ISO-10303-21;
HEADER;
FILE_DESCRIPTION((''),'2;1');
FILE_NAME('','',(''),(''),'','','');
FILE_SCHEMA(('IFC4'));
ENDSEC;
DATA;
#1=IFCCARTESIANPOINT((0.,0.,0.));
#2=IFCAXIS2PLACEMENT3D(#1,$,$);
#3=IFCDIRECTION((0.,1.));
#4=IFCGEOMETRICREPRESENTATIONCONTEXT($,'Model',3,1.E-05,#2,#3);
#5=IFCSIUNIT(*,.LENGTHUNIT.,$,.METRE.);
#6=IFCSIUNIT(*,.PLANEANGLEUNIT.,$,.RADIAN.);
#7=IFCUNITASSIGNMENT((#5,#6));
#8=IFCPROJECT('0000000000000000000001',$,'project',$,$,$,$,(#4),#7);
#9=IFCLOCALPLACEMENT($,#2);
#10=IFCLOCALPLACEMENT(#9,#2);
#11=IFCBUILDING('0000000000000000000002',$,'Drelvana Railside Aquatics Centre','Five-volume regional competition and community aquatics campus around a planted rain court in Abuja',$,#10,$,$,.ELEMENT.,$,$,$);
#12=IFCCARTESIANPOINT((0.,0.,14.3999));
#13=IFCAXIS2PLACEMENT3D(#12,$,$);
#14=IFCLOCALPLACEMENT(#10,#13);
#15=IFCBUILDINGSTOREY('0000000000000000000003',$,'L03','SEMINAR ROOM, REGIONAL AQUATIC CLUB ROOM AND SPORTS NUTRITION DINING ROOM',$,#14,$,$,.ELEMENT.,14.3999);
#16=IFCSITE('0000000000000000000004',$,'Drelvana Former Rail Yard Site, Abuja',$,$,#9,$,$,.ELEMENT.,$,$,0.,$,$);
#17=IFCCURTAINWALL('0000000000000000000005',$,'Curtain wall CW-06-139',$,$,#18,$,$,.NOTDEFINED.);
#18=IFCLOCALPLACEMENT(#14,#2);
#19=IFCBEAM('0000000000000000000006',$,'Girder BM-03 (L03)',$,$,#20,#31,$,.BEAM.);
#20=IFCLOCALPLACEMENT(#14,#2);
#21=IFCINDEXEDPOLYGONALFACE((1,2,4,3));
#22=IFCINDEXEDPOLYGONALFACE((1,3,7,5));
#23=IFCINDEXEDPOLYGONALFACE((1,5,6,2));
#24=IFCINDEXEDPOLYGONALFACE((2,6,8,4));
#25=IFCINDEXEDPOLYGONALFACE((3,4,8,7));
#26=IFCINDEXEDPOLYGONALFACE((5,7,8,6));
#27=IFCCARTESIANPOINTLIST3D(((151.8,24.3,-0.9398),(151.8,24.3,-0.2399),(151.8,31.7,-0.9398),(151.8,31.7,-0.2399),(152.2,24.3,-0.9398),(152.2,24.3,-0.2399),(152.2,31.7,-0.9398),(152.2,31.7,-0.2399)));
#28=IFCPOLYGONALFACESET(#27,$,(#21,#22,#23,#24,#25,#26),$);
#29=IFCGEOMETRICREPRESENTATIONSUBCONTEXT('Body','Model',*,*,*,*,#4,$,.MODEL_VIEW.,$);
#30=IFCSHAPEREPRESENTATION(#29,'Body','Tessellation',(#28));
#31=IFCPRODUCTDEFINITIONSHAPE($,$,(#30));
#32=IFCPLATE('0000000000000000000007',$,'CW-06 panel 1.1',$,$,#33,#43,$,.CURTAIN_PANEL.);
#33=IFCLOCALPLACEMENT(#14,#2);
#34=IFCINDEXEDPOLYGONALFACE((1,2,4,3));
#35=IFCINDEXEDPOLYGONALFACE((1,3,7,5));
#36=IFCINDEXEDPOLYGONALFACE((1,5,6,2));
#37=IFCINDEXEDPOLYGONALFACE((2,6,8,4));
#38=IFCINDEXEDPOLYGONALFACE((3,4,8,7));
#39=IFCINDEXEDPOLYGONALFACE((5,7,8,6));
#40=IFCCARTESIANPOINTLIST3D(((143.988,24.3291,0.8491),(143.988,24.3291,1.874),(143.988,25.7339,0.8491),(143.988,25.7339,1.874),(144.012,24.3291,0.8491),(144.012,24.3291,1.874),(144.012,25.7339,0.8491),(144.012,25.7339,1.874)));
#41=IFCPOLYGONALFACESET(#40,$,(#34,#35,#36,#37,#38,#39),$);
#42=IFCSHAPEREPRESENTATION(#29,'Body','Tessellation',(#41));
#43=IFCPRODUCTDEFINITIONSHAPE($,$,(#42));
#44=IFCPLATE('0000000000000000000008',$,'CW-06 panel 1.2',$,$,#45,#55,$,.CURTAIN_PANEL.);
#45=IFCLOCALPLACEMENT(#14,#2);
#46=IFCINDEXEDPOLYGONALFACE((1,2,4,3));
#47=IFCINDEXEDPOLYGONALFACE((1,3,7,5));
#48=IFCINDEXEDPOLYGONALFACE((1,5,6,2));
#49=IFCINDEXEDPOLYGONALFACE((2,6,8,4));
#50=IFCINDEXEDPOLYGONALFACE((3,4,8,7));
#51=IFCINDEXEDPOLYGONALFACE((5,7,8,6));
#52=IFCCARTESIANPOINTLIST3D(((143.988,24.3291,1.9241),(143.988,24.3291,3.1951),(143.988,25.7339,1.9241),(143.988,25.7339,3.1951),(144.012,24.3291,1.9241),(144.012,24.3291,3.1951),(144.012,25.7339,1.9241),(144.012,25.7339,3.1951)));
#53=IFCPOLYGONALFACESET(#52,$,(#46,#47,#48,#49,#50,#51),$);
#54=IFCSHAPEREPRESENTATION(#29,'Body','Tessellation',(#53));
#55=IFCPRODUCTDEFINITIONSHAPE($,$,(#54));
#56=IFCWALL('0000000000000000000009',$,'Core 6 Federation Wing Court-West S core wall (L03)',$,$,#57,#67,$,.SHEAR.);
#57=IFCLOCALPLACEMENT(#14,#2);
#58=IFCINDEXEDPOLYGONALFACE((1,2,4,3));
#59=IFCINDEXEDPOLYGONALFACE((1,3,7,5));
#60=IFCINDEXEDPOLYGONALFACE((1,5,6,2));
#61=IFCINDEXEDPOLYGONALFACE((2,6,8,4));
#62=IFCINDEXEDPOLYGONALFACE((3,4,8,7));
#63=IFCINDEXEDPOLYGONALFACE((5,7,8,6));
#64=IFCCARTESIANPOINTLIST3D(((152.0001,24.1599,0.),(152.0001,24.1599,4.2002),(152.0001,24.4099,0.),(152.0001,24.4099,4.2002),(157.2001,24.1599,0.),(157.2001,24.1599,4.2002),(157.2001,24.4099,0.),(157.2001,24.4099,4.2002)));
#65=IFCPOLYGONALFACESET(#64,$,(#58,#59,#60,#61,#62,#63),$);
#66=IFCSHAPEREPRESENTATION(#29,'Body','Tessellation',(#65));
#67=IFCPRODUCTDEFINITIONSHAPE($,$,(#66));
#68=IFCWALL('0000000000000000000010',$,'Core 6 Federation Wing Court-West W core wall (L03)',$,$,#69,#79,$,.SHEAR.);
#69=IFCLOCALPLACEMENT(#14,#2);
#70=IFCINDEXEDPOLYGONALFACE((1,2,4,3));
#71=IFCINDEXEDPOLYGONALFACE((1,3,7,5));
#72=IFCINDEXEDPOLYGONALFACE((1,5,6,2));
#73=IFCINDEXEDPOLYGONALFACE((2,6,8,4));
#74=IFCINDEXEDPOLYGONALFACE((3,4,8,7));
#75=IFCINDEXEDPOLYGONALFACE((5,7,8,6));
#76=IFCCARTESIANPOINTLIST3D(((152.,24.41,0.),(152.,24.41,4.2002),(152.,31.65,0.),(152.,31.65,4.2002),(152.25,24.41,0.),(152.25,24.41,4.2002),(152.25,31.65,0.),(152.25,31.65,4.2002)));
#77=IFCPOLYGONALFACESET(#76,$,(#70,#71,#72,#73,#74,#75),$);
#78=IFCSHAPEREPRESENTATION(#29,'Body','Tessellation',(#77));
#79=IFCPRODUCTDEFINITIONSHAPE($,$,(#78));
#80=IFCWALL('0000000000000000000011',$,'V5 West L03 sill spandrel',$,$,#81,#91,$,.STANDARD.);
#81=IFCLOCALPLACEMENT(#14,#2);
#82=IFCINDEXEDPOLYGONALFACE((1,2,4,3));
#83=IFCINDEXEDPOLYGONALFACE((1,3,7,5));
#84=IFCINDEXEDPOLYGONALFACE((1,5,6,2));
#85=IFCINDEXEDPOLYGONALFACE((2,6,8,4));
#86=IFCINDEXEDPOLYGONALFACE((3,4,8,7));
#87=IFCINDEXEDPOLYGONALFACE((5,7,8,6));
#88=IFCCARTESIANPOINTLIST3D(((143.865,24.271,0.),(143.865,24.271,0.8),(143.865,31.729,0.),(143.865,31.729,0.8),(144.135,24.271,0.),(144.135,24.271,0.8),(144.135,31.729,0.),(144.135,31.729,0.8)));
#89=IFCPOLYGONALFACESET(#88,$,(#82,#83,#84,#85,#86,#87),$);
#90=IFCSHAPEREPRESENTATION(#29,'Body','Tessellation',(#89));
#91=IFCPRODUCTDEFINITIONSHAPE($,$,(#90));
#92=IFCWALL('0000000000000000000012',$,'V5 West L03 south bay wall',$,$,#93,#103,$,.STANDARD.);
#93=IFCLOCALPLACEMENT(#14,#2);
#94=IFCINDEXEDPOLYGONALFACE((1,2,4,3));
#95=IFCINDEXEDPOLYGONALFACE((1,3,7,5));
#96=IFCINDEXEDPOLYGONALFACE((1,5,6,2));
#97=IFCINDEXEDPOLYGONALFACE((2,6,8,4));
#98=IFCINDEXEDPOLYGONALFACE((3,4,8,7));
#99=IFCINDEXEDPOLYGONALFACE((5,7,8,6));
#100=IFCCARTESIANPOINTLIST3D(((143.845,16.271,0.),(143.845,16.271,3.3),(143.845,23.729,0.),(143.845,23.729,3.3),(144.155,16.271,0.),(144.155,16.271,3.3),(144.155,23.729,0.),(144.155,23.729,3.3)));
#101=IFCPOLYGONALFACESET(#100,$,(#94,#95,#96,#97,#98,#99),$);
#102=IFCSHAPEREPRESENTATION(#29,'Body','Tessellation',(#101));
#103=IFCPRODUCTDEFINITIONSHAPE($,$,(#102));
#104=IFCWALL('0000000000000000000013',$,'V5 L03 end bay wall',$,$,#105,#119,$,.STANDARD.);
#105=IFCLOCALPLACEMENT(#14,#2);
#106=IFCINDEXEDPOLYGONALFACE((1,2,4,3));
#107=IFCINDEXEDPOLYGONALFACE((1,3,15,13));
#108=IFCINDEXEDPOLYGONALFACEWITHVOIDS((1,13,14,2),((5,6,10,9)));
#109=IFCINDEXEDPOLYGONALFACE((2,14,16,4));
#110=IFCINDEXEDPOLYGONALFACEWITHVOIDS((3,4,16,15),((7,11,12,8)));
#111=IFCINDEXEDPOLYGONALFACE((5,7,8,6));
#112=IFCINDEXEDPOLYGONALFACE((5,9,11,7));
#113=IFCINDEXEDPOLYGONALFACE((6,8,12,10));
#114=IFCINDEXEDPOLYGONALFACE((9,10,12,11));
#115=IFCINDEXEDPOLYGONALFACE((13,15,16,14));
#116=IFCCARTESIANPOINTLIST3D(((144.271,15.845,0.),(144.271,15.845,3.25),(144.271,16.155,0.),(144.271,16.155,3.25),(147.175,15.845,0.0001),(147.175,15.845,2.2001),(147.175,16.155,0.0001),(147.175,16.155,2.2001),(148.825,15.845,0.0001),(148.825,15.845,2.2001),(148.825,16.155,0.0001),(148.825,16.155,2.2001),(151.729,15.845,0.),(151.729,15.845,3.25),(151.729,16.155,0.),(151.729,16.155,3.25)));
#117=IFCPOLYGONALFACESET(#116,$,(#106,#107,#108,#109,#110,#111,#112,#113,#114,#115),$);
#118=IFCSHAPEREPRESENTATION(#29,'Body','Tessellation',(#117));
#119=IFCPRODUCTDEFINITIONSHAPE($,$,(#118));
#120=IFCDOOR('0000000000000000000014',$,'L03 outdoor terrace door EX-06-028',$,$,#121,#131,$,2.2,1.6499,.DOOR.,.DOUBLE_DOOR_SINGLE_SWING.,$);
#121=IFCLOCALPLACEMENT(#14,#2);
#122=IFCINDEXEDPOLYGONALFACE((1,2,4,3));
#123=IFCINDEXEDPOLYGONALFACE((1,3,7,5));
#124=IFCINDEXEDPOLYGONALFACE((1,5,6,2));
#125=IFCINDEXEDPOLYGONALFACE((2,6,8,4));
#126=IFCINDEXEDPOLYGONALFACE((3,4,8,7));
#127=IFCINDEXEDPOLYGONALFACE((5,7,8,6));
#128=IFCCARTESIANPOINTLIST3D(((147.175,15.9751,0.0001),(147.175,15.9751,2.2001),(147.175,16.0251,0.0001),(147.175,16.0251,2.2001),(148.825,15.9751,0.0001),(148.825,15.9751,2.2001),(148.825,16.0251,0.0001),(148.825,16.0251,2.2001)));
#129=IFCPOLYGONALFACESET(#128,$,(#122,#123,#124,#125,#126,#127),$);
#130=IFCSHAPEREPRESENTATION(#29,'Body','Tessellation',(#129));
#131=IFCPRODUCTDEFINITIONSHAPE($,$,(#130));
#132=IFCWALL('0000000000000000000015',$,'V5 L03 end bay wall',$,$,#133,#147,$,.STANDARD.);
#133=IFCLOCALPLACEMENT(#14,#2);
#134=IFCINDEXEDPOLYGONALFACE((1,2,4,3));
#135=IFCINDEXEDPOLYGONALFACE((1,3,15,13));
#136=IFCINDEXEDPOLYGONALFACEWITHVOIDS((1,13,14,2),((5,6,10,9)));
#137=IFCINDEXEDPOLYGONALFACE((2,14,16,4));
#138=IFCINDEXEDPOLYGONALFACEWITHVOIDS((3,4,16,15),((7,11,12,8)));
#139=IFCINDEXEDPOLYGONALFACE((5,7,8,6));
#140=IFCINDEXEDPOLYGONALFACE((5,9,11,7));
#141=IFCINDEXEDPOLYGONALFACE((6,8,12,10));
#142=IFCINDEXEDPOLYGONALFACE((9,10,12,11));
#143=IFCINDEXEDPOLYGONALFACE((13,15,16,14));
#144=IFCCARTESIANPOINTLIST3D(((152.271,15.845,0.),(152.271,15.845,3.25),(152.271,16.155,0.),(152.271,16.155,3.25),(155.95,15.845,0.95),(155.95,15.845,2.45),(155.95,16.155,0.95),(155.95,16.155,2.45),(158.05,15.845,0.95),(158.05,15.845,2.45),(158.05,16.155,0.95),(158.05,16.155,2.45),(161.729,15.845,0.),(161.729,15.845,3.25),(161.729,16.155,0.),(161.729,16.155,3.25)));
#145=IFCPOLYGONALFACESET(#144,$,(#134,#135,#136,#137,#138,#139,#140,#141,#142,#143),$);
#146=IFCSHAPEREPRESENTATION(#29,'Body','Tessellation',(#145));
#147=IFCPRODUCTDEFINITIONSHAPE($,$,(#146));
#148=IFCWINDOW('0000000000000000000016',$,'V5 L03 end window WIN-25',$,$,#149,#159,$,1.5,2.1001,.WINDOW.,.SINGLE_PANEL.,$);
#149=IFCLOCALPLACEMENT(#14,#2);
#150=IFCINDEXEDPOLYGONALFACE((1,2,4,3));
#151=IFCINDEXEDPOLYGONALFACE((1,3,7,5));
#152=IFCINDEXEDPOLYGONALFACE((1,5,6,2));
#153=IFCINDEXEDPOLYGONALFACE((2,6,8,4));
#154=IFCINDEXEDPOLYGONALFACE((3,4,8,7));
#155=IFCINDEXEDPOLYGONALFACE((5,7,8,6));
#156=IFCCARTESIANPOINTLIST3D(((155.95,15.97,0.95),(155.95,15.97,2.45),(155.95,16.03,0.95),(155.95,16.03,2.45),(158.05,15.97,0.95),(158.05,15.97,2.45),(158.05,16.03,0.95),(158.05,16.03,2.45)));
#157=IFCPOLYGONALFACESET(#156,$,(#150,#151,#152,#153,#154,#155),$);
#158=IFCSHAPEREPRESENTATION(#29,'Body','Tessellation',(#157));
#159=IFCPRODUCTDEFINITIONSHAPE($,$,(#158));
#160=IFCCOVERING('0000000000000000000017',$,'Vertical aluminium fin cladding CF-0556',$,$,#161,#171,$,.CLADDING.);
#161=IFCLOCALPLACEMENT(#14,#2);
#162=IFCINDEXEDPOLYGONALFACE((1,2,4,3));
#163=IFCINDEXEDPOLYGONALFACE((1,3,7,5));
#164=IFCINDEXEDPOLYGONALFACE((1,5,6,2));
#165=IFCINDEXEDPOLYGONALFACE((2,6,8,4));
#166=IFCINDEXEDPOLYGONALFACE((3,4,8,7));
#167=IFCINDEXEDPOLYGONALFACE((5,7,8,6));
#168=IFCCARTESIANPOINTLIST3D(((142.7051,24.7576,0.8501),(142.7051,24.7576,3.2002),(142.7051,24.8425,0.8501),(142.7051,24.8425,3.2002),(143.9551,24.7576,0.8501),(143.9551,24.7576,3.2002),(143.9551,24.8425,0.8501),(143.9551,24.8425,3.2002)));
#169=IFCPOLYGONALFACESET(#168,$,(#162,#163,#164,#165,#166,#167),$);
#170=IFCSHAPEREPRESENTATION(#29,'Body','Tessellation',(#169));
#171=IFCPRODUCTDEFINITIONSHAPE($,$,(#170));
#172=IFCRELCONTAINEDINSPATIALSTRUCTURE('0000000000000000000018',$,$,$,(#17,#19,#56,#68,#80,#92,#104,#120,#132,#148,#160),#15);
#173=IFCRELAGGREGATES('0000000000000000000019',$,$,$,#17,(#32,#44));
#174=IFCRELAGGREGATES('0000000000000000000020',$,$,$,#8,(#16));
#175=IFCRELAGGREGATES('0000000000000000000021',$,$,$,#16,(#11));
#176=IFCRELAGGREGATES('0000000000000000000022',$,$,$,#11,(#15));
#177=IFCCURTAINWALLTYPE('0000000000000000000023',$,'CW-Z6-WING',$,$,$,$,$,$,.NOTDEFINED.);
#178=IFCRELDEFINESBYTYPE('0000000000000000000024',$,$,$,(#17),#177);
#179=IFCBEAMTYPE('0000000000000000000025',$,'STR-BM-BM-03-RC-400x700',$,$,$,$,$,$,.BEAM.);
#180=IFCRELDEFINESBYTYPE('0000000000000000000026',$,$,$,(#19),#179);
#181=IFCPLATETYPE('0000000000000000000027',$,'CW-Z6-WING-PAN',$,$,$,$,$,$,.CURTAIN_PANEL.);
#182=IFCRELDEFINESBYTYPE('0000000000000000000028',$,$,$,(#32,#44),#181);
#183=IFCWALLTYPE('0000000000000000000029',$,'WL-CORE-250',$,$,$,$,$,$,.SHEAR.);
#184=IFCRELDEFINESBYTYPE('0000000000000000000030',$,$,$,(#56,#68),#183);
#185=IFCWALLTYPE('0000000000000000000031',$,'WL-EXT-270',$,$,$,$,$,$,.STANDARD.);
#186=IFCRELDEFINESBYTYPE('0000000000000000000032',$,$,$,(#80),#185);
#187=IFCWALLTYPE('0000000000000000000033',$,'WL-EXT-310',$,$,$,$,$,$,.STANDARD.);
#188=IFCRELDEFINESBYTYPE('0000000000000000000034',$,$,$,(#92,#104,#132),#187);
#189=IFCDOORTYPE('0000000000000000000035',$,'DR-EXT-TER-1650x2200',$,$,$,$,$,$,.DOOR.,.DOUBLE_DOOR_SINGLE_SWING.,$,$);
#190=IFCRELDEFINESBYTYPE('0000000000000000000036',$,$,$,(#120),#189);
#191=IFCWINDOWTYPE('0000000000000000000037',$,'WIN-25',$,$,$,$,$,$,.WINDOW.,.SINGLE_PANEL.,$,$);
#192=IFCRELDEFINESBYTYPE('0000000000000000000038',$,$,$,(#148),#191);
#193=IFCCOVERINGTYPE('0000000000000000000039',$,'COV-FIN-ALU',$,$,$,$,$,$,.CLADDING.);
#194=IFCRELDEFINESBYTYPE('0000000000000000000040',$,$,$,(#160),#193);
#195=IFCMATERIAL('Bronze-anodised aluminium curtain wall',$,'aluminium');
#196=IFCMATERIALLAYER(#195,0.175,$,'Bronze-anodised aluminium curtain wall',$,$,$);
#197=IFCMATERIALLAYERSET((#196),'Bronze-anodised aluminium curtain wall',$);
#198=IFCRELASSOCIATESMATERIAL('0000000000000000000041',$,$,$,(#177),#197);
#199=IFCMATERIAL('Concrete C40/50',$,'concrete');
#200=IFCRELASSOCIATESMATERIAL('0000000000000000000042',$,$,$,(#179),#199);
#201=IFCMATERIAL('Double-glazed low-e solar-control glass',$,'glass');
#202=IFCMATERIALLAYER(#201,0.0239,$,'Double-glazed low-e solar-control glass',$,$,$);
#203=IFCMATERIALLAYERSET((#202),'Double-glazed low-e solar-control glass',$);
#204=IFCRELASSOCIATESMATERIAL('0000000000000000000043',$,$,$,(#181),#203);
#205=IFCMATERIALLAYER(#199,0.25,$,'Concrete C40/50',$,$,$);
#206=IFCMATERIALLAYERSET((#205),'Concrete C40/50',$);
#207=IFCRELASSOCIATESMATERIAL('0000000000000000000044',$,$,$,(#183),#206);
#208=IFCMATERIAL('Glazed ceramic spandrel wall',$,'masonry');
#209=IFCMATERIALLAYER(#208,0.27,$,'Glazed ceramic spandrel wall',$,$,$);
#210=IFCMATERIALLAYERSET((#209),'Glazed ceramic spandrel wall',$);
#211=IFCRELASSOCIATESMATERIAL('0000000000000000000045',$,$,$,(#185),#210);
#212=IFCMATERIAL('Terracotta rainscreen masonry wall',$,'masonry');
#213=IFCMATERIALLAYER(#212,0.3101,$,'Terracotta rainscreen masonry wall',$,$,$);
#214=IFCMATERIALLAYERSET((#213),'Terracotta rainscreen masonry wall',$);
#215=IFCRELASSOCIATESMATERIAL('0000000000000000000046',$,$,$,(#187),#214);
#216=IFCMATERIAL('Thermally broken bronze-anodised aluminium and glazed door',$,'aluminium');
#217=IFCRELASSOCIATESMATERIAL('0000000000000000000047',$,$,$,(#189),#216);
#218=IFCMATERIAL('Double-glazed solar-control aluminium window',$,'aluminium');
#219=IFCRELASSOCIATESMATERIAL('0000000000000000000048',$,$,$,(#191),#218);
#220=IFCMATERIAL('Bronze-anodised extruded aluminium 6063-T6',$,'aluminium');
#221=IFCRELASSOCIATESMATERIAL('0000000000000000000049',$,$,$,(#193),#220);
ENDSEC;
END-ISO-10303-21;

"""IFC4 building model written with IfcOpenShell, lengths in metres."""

from ifc_helpers import new_model, si_unit, direction, frame, frame_2d, origin, origin_2d, place, context, subcontext, project, spatial, rectangle, extrude, material, layer, layer_set, material_profile, profile_set, type_object, element, fill, aggregate, save


model = new_model("IFC4")

# Units and contexts
model_context = context("Model", 3, precision=1e-05, world=origin(), true_north=direction((0.0, 1.0)))
body_context = subcontext(model_context, "Body", "Model", "MODEL_VIEW")
ifc_project = project(units=[si_unit("LENGTHUNIT", "METRE"), si_unit("PLANEANGLEUNIT", "RADIAN")], contexts=[model_context])

# Site, building, storey
site_placement = place(None, origin())
site = spatial("IfcSite", under=ifc_project, at=site_placement, Name="Drelvana Former Rail Yard Site, Abuja", CompositionType="ELEMENT", RefElevation=0.0)
building_placement = place(site_placement, origin())
building = spatial("IfcBuilding", under=site, at=building_placement, Name="Drelvana Railside Aquatics Centre", Description="Five-volume regional competition and community aquatics campus around a planted rain court in Abuja", CompositionType="ELEMENT")
storey_placement = place(building_placement, frame((0.0, 0.0, 14.3999)))
storey = spatial("IfcBuildingStorey", under=building, at=storey_placement, Name="L03", Description="SEMINAR ROOM, REGIONAL AQUATIC CLUB ROOM AND SPORTS NUTRITION DINING ROOM", CompositionType="ELEMENT", Elevation=14.3999)

# Shared definitions
ifc_material_1 = material(Name="Concrete C40/50", Category="concrete")

# Curtain wall
ifc_material_2 = material(Name="Bronze-anodised aluminium curtain wall", Category="aluminium")
ifc_layer_1 = layer(ifc_material_2, 0.175, Name="Bronze-anodised aluminium curtain wall")
ifc_layer_set_1 = layer_set([ifc_layer_1], Name="Bronze-anodised aluminium curtain wall")
curtain_wall_type = type_object("IfcCurtainWallType", Name="CW-Z6-WING", PredefinedType="NOTDEFINED", material=ifc_layer_set_1)
curtain_wall_placement = place(storey_placement, origin())
curtain_wall = element("IfcCurtainWall", 1, at=curtain_wall_placement, inside=storey, type_object=curtain_wall_type, Name="Curtain wall CW-06-139", PredefinedType="NOTDEFINED")

# Beam
ifc_material_profile_1 = material_profile(ifc_material_1, rectangle(XDim=0.3999, YDim=0.7, at=origin_2d()), Name="RC 400x700")
ifc_profile_set_1 = profile_set([ifc_material_profile_1], Name="Concrete C40/50")
beam_type = type_object("IfcBeamType", Name="STR-BM-BM-03-RC-400x700", PredefinedType="BEAM", material=ifc_profile_set_1)
beam_1_placement = place(storey_placement, frame((152.0, 24.3, -0.5898), z_axis=(0.0, 1.0, 0.0), x_axis=(-1.0, 0.0, 0.0)))
element("IfcBeam", 2, at=beam_1_placement, inside=storey, type_object=beam_type, Name="Girder BM-03 (L03)", PredefinedType="BEAM", context=body_context, shape_type="SweptSolid", body=[
    extrude(rectangle(XDim=0.3999, YDim=0.7, at=origin_2d()), origin(), (0.0, 0.0, 1.0), 7.3999),
])

# Plates
ifc_material_3 = material(Name="Double-glazed low-e solar-control glass", Category="glass")
ifc_layer_2 = layer(ifc_material_3, 0.0239, Name="Double-glazed low-e solar-control glass")
ifc_layer_set_2 = layer_set([ifc_layer_2], Name="Double-glazed low-e solar-control glass")
plate_type = type_object("IfcPlateType", Name="CW-Z6-WING-PAN", PredefinedType="CURTAIN_PANEL", material=ifc_layer_set_2)
plate_1_placement = place(storey_placement, frame((144.0, 25.0315, 0.8491), z_axis=(0.0, 0.0, 1.0), x_axis=(0.0, 1.0, 0.0)))
plate_1 = element("IfcPlate", 3, at=plate_1_placement, type_object=plate_type, Name="CW-06 panel 1.1", PredefinedType="CURTAIN_PANEL", context=body_context, shape_type="SweptSolid", body=[
    extrude(rectangle(XDim=1.4048, YDim=0.0239, at=origin_2d()), origin(), (0.0, 0.0, 1.0), 1.0249),
])
plate_2_placement = place(storey_placement, frame((144.0, 25.0315, 1.9241), z_axis=(0.0, 0.0, 1.0), x_axis=(0.0, 1.0, 0.0)))
plate_2 = element("IfcPlate", 4, at=plate_2_placement, type_object=plate_type, Name="CW-06 panel 1.2", PredefinedType="CURTAIN_PANEL", context=body_context, shape_type="SweptSolid", body=[
    extrude(rectangle(XDim=1.4048, YDim=0.0239, at=origin_2d()), origin(), (0.0, 0.0, 1.0), 1.271),
])
aggregate(curtain_wall, [plate_1, plate_2])

# Walls
ifc_layer_3 = layer(ifc_material_1, 0.25, Name="Concrete C40/50")
ifc_layer_set_3 = layer_set([ifc_layer_3], Name="Concrete C40/50")
wall_type_1 = type_object("IfcWallType", Name="WL-CORE-250", PredefinedType="SHEAR", material=ifc_layer_set_3)
wall_1_placement = place(storey_placement, frame((152.0, 24.2849, 0.0), z_axis=(0.0, 0.0, 1.0), x_axis=(1.0, 0.0, 0.0)))
element("IfcWall", 5, at=wall_1_placement, inside=storey, type_object=wall_type_1, Name="Core 6 Federation Wing Court-West S core wall (L03)", PredefinedType="SHEAR", context=body_context, shape_type="SweptSolid", body=[
    extrude(rectangle(XDim=5.2, YDim=0.25, at=frame_2d((2.6001, 0.0))), origin(), (0.0, 0.0, 1.0), 4.2002),
])
wall_2_placement = place(storey_placement, frame((152.125, 24.4099, 0.0), z_axis=(0.0, 0.0, 1.0), x_axis=(0.0, 1.0, 0.0)))
element("IfcWall", 6, at=wall_2_placement, inside=storey, type_object=wall_type_1, Name="Core 6 Federation Wing Court-West W core wall (L03)", PredefinedType="SHEAR", context=body_context, shape_type="SweptSolid", body=[
    extrude(rectangle(XDim=7.24, YDim=0.25, at=frame_2d((3.6201, 0.0))), origin(), (0.0, 0.0, 1.0), 4.2002),
])
ifc_material_4 = material(Name="Glazed ceramic spandrel wall", Category="masonry")
ifc_layer_4 = layer(ifc_material_4, 0.27, Name="Glazed ceramic spandrel wall")
ifc_layer_set_4 = layer_set([ifc_layer_4], Name="Glazed ceramic spandrel wall")
wall_type_2 = type_object("IfcWallType", Name="WL-EXT-270", PredefinedType="STANDARD", material=ifc_layer_set_4)
wall_3_placement = place(storey_placement, frame((144.0, 24.271, 0.0), z_axis=(0.0, 0.0, 1.0), x_axis=(0.0, 1.0, 0.0)))
element("IfcWall", 7, at=wall_3_placement, inside=storey, type_object=wall_type_2, Name="V5 West L03 sill spandrel", PredefinedType="STANDARD", context=body_context, shape_type="SweptSolid", body=[
    extrude(rectangle(XDim=7.458, YDim=0.27, at=frame_2d((3.729, 0.0))), origin(), (0.0, 0.0, 1.0), 0.8),
])
ifc_material_5 = material(Name="Terracotta rainscreen masonry wall", Category="masonry")
ifc_layer_5 = layer(ifc_material_5, 0.3101, Name="Terracotta rainscreen masonry wall")
ifc_layer_set_5 = layer_set([ifc_layer_5], Name="Terracotta rainscreen masonry wall")
wall_type_3 = type_object("IfcWallType", Name="WL-EXT-310", PredefinedType="STANDARD", material=ifc_layer_set_5)
wall_4_placement = place(storey_placement, frame((144.0, 16.271, 0.0), z_axis=(0.0, 0.0, 1.0), x_axis=(0.0, 1.0, 0.0)))
element("IfcWall", 8, at=wall_4_placement, inside=storey, type_object=wall_type_3, Name="V5 West L03 south bay wall", PredefinedType="STANDARD", context=body_context, shape_type="SweptSolid", body=[
    extrude(rectangle(XDim=7.458, YDim=0.3101, at=frame_2d((3.729, 0.0))), origin(), (0.0, 0.0, 1.0), 3.3),
])

# Wall, opening, door
wall_5_placement = place(storey_placement, frame((144.271, 16.0, 0.0), z_axis=(0.0, 0.0, 1.0), x_axis=(1.0, 0.0, 0.0)))
wall_5 = element("IfcWall", 9, at=wall_5_placement, inside=storey, type_object=wall_type_3, Name="V5 L03 end bay wall", PredefinedType="STANDARD", context=body_context, shape_type="SweptSolid", body=[
    extrude(rectangle(XDim=7.458, YDim=0.3101, at=frame_2d((3.729, 0.0))), origin(), (0.0, 0.0, 1.0), 3.25),
])
opening_1_placement = place(wall_5_placement, frame((2.9041, 0.0, 0.0)))
opening_1 = element("IfcOpeningElement", 10, at=opening_1_placement, cuts=wall_5, PredefinedType="OPENING", context=body_context, shape_type="SweptSolid", body=[
    extrude(rectangle(XDim=1.6499, YDim=2.2, at=frame_2d((0.825, 1.1001))), frame((0.0, 0.165, 0.0), z_axis=(0.0, -1.0, 0.0), x_axis=(1.0, 0.0, 0.0)), (0.0, 0.0, 1.0), 0.3301),
])
ifc_material_6 = material(Name="Thermally broken bronze-anodised aluminium and glazed door", Category="aluminium")
door_type = type_object("IfcDoorType", Name="DR-EXT-TER-1650x2200", OperationType="DOUBLE_DOOR_SINGLE_SWING", PredefinedType="DOOR", material=ifc_material_6)
door_placement = place(opening_1_placement, frame((1.6499, 0.0, 0.0), z_axis=(0.0, 0.0, 1.0), x_axis=(-1.0, 0.0, 0.0)))
door = element("IfcDoor", 11, at=door_placement, inside=storey, type_object=door_type, Name="L03 outdoor terrace door EX-06-028", OperationType="DOUBLE_DOOR_SINGLE_SWING", OverallHeight=2.2, OverallWidth=1.6499, PredefinedType="DOOR", context=body_context, shape_type="SweptSolid", body=[
    extrude(rectangle(XDim=1.6499, YDim=2.2, at=frame_2d((0.825, 1.1001))), frame((0.0, 0.0249, 0.0), z_axis=(0.0, -1.0, 0.0), x_axis=(1.0, 0.0, 0.0)), (0.0, 0.0, 1.0), 0.05),
])
fill(opening_1, door)

# Wall, opening, window
wall_6_placement = place(storey_placement, frame((152.271, 16.0, 0.0), z_axis=(0.0, 0.0, 1.0), x_axis=(1.0, 0.0, 0.0)))
wall_6 = element("IfcWall", 12, at=wall_6_placement, inside=storey, type_object=wall_type_3, Name="V5 L03 end bay wall", PredefinedType="STANDARD", context=body_context, shape_type="SweptSolid", body=[
    extrude(rectangle(XDim=9.458, YDim=0.3101, at=frame_2d((4.729, 0.0))), origin(), (0.0, 0.0, 1.0), 3.25),
])
opening_2_placement = place(wall_6_placement, frame((3.679, 0.0, 0.95)))
opening_2 = element("IfcOpeningElement", 13, at=opening_2_placement, cuts=wall_6, PredefinedType="OPENING", context=body_context, shape_type="SweptSolid", body=[
    extrude(rectangle(XDim=2.1001, YDim=1.5, at=frame_2d((1.05, 0.75))), frame((0.0, 0.165, 0.0), z_axis=(0.0, -1.0, 0.0), x_axis=(1.0, 0.0, 0.0)), (0.0, 0.0, 1.0), 0.3301),
])
ifc_material_7 = material(Name="Double-glazed solar-control aluminium window", Category="aluminium")
window_type = type_object("IfcWindowType", Name="WIN-25", PartitioningType="SINGLE_PANEL", PredefinedType="WINDOW", material=ifc_material_7)
window_placement = place(opening_2_placement, origin())
window = element("IfcWindow", 14, at=window_placement, inside=storey, type_object=window_type, Name="V5 L03 end window WIN-25", OverallHeight=1.5, OverallWidth=2.1001, PartitioningType="SINGLE_PANEL", PredefinedType="WINDOW", context=body_context, shape_type="SweptSolid", body=[
    extrude(rectangle(XDim=2.1001, YDim=1.5, at=frame_2d((1.05, 0.75))), frame((0.0, 0.03, 0.0), z_axis=(0.0, -1.0, 0.0), x_axis=(1.0, 0.0, 0.0)), (0.0, 0.0, 1.0), 0.0601),
])
fill(opening_2, window)

# Covering
ifc_material_8 = material(Name="Bronze-anodised extruded aluminium 6063-T6", Category="aluminium")
covering_type = type_object("IfcCoveringType", Name="COV-FIN-ALU", PredefinedType="CLADDING", material=ifc_material_8)
covering_placement = place(storey_placement, frame((143.3301, 24.8, 0.8501), z_axis=(0.0, 0.0, 1.0), x_axis=(0.0, 1.0, 0.0)))
element("IfcCovering", 15, at=covering_placement, inside=storey, type_object=covering_type, Name="Vertical aluminium fin cladding CF-0556", PredefinedType="CLADDING", context=body_context, shape_type="SweptSolid", body=[
    extrude(rectangle(XDim=0.085, YDim=1.25, at=origin_2d()), origin(), (0.0, 0.0, 1.0), 2.3501),
])

save(model, "model.ifc")
